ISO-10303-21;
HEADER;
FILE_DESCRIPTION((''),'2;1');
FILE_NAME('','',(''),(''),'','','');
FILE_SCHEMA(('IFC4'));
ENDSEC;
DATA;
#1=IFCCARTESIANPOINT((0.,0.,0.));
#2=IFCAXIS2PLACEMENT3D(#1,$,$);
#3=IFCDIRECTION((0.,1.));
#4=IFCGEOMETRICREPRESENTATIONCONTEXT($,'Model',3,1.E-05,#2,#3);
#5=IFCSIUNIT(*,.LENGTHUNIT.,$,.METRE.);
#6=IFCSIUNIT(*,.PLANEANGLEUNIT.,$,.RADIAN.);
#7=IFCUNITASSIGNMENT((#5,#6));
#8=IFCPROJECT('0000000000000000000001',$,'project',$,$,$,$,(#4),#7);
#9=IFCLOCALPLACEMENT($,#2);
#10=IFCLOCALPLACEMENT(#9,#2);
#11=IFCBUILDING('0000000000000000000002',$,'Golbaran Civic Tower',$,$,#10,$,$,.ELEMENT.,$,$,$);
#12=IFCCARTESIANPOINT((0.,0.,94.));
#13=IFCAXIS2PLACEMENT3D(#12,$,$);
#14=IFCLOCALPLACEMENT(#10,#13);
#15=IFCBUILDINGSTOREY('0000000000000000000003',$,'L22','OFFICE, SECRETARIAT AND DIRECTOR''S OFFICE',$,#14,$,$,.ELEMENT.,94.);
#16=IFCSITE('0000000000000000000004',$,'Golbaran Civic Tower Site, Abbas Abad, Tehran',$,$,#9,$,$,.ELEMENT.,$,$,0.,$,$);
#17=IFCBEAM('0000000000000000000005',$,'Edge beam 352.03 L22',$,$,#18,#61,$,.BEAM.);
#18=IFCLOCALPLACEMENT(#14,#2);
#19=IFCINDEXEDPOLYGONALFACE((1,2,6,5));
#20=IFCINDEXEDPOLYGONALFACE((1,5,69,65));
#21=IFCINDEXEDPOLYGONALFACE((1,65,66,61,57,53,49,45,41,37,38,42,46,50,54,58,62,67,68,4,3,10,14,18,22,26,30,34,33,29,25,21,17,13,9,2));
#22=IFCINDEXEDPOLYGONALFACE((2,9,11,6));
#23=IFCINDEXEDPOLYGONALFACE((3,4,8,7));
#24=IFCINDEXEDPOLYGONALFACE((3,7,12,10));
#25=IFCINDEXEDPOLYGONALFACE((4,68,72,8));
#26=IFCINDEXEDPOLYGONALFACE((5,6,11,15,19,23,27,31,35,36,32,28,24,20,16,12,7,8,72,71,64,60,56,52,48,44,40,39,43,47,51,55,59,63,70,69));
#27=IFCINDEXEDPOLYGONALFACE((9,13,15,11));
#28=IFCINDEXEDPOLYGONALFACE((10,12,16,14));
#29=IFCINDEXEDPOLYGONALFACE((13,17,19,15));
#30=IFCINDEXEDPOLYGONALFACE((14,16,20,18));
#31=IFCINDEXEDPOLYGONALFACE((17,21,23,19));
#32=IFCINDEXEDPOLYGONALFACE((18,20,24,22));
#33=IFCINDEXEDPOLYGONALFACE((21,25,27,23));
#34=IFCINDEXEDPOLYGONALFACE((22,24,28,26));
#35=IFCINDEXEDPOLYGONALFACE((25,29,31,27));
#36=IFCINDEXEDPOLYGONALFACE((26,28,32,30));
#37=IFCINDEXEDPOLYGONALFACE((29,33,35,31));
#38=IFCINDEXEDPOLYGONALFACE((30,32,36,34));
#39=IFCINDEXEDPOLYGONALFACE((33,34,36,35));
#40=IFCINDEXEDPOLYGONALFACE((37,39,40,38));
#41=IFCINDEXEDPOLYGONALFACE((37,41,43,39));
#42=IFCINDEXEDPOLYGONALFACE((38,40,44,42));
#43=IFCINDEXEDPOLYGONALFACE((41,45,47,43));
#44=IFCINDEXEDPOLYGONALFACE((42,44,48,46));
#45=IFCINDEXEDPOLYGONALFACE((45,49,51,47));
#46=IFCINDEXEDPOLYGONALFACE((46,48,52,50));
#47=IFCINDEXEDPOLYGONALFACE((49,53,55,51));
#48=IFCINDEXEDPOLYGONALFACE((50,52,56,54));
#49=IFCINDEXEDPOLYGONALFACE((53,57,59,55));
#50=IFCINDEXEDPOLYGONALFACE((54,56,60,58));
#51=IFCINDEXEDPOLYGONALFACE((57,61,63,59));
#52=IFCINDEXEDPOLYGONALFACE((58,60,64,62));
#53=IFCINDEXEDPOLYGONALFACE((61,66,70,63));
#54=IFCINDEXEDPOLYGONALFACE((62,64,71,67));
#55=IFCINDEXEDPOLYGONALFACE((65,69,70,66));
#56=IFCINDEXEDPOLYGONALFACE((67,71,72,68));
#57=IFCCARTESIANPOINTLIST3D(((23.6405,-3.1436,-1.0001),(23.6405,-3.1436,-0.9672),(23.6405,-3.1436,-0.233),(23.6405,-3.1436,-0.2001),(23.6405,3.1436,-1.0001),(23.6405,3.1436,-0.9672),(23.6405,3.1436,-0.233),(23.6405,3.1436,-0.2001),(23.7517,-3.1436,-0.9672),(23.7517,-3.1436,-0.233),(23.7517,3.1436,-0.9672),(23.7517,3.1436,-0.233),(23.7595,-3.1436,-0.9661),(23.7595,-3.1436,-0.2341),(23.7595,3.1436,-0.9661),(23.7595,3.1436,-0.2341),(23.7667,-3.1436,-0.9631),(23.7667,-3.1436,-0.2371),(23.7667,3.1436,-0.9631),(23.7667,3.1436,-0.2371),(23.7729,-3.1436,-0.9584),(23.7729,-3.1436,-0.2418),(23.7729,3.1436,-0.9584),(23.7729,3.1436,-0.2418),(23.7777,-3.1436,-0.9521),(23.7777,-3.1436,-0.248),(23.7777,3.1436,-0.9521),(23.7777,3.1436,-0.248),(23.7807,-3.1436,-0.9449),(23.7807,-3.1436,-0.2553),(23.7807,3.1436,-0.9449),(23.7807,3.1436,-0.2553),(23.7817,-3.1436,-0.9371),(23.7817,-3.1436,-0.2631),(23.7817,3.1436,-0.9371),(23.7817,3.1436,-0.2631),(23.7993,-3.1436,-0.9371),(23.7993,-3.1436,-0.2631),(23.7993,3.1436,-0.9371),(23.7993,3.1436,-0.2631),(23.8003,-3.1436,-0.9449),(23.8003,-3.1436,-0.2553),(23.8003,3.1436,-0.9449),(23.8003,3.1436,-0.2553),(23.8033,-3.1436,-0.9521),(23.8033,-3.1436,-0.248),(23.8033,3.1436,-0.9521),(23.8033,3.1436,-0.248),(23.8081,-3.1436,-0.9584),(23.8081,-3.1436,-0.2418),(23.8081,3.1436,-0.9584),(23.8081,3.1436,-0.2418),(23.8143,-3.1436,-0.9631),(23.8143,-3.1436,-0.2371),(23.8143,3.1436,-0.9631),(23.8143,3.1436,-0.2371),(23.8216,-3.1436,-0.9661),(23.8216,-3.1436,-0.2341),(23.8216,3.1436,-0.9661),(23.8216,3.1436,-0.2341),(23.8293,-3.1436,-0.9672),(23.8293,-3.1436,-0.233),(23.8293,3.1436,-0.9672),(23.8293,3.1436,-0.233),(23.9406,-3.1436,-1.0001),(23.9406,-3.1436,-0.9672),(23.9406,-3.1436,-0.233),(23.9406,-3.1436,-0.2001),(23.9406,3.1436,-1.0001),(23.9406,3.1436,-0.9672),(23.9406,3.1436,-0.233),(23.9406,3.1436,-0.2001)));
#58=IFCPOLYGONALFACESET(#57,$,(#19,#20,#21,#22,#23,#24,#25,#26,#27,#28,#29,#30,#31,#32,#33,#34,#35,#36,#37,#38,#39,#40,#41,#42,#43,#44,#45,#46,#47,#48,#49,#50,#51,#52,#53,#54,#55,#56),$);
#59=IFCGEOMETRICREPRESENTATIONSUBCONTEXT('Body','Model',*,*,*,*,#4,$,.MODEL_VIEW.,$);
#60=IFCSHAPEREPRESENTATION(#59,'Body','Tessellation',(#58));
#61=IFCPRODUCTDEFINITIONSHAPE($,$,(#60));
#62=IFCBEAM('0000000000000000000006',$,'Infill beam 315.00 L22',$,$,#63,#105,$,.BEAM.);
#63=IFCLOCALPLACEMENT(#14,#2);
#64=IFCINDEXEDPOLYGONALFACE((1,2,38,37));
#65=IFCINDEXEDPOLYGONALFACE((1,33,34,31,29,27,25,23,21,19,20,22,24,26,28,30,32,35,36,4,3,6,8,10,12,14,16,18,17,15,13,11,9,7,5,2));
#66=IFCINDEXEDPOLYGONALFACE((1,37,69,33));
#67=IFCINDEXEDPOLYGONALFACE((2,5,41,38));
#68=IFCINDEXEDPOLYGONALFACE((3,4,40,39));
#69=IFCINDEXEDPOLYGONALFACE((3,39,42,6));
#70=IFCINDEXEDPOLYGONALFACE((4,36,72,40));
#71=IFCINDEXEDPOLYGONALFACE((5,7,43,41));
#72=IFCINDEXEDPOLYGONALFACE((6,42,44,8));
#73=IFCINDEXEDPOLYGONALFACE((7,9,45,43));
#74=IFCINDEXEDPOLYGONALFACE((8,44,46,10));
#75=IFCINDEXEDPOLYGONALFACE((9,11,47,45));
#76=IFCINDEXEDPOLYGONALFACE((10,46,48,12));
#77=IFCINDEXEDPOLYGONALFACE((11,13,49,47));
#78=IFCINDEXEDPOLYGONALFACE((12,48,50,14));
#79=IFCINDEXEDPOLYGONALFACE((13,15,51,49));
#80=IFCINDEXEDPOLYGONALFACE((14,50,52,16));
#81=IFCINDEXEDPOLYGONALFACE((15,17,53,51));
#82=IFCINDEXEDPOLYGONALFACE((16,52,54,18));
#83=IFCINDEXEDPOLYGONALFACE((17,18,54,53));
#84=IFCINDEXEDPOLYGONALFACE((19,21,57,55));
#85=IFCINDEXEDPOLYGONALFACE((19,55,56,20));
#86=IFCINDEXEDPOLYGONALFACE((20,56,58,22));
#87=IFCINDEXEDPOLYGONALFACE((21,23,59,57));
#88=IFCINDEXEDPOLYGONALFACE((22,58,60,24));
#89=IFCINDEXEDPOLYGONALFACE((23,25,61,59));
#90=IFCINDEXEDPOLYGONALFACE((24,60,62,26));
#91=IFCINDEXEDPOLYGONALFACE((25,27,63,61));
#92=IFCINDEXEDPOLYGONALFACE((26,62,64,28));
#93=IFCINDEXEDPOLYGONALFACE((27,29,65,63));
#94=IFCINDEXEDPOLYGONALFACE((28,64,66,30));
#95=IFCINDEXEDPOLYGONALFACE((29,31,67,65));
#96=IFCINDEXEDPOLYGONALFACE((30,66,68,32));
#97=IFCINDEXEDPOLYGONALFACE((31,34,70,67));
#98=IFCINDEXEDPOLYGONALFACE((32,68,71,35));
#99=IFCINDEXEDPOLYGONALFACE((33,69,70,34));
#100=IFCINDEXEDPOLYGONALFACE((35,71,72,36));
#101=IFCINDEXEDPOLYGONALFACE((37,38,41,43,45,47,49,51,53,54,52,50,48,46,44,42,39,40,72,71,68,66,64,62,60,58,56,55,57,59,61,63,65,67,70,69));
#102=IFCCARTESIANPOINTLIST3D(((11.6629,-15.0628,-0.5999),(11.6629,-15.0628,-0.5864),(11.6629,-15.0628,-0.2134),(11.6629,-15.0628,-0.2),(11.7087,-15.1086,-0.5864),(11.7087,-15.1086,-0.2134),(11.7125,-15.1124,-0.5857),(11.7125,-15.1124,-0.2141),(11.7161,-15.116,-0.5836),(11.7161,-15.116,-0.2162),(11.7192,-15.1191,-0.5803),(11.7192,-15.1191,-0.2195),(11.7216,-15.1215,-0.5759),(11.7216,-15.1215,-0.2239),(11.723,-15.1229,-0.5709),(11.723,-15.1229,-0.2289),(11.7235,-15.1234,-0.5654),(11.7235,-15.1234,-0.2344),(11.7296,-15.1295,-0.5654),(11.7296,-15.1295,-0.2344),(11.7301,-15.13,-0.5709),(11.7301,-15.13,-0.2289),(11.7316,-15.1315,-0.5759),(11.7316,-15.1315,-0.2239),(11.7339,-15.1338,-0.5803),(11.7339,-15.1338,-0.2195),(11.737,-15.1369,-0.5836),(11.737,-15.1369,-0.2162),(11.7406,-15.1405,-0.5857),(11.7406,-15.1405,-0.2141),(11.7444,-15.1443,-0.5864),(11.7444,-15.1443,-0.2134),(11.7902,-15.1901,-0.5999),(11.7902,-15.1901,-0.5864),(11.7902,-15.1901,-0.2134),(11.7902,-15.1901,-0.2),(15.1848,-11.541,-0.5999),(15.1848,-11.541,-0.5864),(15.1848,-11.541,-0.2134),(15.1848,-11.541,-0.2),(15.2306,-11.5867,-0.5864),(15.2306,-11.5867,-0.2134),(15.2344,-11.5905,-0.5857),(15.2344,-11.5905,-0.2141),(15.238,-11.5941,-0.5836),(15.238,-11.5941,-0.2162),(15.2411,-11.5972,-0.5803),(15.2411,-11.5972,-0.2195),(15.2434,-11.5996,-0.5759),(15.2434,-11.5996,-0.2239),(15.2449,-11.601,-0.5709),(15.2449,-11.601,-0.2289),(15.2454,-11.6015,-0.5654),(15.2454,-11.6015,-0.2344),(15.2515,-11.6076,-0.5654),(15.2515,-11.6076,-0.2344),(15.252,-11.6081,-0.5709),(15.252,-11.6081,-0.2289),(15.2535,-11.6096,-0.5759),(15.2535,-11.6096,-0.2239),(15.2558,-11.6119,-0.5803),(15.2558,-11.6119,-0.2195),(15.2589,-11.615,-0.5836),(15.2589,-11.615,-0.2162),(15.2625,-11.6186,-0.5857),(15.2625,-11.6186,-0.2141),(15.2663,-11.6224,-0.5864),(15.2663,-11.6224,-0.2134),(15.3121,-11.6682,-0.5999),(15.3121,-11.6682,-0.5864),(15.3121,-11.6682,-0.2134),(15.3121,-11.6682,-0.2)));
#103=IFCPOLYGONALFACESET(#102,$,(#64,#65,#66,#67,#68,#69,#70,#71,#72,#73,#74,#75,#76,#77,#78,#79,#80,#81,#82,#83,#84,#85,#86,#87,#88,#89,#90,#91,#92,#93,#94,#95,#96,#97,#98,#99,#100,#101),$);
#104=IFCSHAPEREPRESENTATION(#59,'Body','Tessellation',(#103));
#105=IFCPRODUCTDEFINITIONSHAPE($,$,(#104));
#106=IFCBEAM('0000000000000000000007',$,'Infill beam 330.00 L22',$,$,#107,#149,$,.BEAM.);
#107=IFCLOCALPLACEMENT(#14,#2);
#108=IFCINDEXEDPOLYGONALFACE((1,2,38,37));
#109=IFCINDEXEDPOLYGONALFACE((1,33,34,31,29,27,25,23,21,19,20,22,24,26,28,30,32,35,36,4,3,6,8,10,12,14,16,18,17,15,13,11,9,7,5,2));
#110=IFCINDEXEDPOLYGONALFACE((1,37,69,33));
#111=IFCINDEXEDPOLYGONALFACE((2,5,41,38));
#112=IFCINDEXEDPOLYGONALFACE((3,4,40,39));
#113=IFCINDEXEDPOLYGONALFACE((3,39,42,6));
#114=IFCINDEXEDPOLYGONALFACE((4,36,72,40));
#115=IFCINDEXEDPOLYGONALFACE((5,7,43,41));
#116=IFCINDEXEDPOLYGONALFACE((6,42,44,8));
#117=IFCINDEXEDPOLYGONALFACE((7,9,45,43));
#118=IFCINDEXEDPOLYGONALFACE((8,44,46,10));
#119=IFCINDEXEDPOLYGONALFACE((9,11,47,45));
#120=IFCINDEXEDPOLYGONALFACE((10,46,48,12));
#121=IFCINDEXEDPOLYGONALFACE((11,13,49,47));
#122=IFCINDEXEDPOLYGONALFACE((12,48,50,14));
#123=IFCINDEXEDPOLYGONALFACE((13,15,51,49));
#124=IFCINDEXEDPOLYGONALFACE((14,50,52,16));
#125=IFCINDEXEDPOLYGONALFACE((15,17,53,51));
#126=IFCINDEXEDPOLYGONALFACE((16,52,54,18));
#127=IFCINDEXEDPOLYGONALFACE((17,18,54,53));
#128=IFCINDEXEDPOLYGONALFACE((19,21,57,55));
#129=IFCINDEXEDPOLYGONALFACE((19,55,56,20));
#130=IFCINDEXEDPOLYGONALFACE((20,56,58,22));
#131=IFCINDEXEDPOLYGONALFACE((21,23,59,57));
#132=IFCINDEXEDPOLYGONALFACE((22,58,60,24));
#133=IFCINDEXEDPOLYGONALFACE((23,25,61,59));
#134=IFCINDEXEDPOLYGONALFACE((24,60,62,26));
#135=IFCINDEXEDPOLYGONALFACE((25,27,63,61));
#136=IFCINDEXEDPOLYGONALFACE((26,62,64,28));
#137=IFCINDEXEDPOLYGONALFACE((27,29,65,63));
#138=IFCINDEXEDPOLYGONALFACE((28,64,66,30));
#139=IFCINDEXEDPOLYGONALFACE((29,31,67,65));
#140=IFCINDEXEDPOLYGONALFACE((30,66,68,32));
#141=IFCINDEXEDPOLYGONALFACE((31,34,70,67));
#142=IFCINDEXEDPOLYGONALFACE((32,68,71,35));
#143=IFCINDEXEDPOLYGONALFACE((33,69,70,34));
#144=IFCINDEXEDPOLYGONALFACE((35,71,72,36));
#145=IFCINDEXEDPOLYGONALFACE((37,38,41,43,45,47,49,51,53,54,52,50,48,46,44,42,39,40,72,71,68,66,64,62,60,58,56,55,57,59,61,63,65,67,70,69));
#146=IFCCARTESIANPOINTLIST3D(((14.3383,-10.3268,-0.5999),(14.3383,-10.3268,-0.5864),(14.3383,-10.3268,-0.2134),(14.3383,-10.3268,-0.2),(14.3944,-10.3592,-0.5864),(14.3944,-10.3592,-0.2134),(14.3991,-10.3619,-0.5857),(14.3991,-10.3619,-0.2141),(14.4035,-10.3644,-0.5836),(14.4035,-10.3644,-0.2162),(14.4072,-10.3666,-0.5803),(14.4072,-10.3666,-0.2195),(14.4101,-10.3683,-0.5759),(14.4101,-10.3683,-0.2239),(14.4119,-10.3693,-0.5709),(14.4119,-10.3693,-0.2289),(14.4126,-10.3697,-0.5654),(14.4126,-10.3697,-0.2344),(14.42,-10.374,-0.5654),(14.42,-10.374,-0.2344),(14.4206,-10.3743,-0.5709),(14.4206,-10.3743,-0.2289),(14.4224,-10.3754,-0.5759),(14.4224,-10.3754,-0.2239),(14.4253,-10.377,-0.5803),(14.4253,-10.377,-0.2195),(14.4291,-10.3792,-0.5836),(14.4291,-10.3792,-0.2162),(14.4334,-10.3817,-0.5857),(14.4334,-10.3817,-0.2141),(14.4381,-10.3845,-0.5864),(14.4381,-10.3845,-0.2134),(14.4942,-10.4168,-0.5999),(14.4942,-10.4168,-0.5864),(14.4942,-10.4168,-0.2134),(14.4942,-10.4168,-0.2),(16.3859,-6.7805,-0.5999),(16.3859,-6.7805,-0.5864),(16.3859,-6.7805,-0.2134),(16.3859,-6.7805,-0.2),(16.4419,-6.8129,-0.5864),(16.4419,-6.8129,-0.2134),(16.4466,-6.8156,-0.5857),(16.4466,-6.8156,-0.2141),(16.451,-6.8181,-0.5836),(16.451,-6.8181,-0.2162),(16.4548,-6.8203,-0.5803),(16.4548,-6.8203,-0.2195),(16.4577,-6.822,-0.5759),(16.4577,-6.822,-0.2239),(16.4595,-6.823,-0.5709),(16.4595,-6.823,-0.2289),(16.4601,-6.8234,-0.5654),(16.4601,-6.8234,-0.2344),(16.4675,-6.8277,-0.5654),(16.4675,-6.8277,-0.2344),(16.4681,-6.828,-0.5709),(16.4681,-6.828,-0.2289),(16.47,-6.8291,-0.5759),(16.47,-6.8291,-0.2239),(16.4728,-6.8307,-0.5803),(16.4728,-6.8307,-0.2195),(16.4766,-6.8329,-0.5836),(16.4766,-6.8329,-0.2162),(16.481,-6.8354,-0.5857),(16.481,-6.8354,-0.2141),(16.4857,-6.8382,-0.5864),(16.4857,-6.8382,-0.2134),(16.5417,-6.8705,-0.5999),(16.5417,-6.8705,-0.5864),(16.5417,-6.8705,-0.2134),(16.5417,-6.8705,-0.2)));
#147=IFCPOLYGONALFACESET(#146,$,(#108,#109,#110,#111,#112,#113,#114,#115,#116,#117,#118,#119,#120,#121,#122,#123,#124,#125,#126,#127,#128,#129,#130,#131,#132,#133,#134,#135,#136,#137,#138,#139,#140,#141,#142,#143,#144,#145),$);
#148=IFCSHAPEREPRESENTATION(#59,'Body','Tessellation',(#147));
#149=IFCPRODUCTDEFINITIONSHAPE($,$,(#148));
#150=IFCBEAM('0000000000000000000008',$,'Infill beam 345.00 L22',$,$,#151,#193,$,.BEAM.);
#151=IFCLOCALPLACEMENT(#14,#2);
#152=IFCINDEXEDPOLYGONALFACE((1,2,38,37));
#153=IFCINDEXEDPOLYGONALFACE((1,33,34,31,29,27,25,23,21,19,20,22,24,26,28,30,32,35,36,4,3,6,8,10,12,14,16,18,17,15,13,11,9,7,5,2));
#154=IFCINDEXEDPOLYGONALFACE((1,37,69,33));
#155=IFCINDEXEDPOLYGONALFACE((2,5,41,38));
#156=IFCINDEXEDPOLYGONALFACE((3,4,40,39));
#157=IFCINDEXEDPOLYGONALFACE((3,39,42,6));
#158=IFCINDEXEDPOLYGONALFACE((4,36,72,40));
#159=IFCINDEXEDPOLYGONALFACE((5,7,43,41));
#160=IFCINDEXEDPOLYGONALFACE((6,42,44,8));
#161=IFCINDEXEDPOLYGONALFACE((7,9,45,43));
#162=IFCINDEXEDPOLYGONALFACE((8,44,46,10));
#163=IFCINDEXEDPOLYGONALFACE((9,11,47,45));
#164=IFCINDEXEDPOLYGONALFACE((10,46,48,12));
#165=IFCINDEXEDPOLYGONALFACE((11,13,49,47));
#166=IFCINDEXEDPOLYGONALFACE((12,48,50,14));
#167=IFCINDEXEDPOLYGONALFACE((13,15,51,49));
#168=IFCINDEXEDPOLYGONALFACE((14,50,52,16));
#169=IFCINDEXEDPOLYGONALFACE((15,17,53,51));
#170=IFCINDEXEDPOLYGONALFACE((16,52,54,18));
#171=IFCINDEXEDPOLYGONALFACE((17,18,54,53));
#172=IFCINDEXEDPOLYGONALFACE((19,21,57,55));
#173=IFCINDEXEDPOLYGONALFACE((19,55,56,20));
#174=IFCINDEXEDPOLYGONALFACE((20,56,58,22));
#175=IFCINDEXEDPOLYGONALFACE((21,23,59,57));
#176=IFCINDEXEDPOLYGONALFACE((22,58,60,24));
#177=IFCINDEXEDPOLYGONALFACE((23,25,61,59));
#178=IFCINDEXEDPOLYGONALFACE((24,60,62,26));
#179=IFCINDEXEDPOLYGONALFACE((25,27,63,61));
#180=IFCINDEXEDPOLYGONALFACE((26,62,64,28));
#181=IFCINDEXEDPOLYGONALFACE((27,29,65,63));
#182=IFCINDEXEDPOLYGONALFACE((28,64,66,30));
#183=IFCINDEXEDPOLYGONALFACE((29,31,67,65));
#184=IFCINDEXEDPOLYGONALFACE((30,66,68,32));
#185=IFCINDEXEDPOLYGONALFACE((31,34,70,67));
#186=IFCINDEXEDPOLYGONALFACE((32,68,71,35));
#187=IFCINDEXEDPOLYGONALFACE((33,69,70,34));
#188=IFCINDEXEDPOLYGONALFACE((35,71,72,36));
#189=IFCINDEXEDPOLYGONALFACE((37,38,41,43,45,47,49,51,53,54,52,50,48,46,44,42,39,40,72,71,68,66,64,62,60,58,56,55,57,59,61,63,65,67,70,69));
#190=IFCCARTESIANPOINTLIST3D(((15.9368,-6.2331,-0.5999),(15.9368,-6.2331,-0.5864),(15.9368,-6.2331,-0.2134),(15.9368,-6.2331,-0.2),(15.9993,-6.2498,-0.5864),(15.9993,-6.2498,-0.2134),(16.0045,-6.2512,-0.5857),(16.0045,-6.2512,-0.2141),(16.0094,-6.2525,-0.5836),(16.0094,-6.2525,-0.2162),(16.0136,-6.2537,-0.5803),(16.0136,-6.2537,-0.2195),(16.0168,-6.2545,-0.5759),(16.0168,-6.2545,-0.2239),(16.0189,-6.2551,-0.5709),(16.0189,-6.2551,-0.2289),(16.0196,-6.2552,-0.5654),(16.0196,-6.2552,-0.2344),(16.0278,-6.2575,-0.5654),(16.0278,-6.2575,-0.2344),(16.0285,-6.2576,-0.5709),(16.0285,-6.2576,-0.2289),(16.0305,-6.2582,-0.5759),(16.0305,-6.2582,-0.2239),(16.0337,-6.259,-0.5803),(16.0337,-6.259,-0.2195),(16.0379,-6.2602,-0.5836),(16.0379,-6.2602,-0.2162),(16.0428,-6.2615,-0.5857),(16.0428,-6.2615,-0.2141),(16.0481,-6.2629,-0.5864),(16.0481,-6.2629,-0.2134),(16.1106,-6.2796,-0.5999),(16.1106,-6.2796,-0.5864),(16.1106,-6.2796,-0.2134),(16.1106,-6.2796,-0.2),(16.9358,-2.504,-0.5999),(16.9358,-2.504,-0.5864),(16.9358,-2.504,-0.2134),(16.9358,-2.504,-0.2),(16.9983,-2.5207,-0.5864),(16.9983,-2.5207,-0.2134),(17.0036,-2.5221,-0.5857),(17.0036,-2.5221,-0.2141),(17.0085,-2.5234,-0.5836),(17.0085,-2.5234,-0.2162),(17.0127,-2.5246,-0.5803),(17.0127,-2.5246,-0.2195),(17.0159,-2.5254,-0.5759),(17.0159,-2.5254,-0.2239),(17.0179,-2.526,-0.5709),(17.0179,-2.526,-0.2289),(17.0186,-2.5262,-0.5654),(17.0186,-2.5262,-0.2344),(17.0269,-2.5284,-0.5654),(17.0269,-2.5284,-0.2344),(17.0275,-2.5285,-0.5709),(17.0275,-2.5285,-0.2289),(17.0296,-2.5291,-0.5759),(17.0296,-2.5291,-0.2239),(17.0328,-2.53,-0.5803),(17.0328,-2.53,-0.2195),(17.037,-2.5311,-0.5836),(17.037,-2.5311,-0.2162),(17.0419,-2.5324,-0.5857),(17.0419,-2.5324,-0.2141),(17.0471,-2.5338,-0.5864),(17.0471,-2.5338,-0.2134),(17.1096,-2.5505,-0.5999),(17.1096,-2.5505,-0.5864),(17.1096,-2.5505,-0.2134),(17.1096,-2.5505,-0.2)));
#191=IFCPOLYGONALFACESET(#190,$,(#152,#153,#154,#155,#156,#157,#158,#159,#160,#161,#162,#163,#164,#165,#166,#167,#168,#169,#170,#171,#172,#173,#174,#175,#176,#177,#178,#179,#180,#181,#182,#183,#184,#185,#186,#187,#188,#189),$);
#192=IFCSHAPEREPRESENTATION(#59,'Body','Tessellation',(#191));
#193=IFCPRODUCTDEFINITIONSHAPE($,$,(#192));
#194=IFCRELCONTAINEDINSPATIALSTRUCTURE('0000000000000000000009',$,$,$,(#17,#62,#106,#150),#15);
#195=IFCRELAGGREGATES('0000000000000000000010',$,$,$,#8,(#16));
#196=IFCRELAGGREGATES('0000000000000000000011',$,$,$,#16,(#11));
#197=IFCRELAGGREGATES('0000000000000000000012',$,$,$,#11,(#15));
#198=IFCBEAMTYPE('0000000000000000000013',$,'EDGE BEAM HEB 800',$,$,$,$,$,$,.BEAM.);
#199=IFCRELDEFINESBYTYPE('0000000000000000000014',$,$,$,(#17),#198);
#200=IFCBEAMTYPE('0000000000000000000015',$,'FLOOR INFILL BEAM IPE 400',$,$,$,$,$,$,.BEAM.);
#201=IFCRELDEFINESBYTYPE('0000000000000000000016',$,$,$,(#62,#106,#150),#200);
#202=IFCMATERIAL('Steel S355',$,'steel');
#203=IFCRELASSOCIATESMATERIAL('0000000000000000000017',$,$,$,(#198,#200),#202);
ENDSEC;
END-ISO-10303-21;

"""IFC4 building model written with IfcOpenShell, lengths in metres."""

from ifc_helpers import new_model, si_unit, direction, frame, origin, origin_2d, place, context, subcontext, project, spatial, i_section, extrude, material, material_profile, profile_set, type_object, element, save


model = new_model("IFC4")

# Units and contexts
model_context = context("Model", 3, precision=1e-05, world=origin(), true_north=direction((0.0, 1.0)))
body_context = subcontext(model_context, "Body", "Model", "MODEL_VIEW")
ifc_project = project(units=[si_unit("LENGTHUNIT", "METRE"), si_unit("PLANEANGLEUNIT", "RADIAN")], contexts=[model_context])

# Site, building, storey
site_placement = place(None, origin())
site = spatial("IfcSite", under=ifc_project, at=site_placement, Name="Golbaran Civic Tower Site, Abbas Abad, Tehran", CompositionType="ELEMENT", RefElevation=0.0)
building_placement = place(site_placement, origin())
building = spatial("IfcBuilding", under=site, at=building_placement, Name="Golbaran Civic Tower", CompositionType="ELEMENT")
storey_placement = place(building_placement, frame((0.0, 0.0, 94.0)))
storey = spatial("IfcBuildingStorey", under=building, at=storey_placement, Name="L22", Description="OFFICE, SECRETARIAT AND DIRECTOR'S OFFICE", CompositionType="ELEMENT", Elevation=94.0)

# Beams
ifc_material_1 = material(Name="Steel S355", Category="steel")
ifc_material_profile_1 = material_profile(ifc_material_1, i_section(OverallWidth=0.3, OverallDepth=0.8, WebThickness=0.0176, FlangeThickness=0.033, FilletRadius=0.03, at=origin_2d()), Name="HEB 800")
ifc_profile_set_1 = profile_set([ifc_material_profile_1], Name="Steel S355")
beam_type_1 = type_object("IfcBeamType", Name="EDGE BEAM HEB 800", PredefinedType="BEAM", material=ifc_profile_set_1)
beam_1_placement = place(storey_placement, frame((23.7905, -3.1436, -0.6001), z_axis=(0.0, 1.0, 0.0), x_axis=(-1.0, 0.0, 0.0)))
element("IfcBeam", 1, at=beam_1_placement, inside=storey, type_object=beam_type_1, Name="Edge beam 352.03 L22", PredefinedType="BEAM", context=body_context, shape_type="SweptSolid", body=[
    extrude(i_section(OverallWidth=0.3, OverallDepth=0.8, WebThickness=0.0176, FlangeThickness=0.033, FilletRadius=0.03, at=origin_2d()), origin(), (0.0, 0.0, 1.0), 6.2871),
])
ifc_material_profile_2 = material_profile(ifc_material_1, i_section(OverallWidth=0.1799, OverallDepth=0.3999, WebThickness=0.0085, FlangeThickness=0.0134, FilletRadius=0.021, at=origin_2d()), Name="IPE 400")
ifc_profile_set_2 = profile_set([ifc_material_profile_2], Name="Steel S355")
beam_type_2 = type_object("IfcBeamType", Name="FLOOR INFILL BEAM IPE 400", PredefinedType="BEAM", material=ifc_profile_set_2)
beam_2_placement = place(storey_placement, frame((11.7266, -15.1265, -0.3999), z_axis=(0.707107, 0.707107, 0.0), x_axis=(-0.707107, 0.707107, 0.0)))
element("IfcBeam", 2, at=beam_2_placement, inside=storey, type_object=beam_type_2, Name="Infill beam 315.00 L22", PredefinedType="BEAM", context=body_context, shape_type="SweptSolid", body=[
    extrude(i_section(OverallWidth=0.1799, OverallDepth=0.3999, WebThickness=0.0085, FlangeThickness=0.0134, FilletRadius=0.021, at=origin_2d()), origin(), (0.0, 0.0, 1.0), 4.9807),
])
beam_3_placement = place(storey_placement, frame((14.4163, -10.3718, -0.3999), z_axis=(0.500018, 0.866015, 0.0), x_axis=(-0.866015, 0.500018, 0.0)))
element("IfcBeam", 3, at=beam_3_placement, inside=storey, type_object=beam_type_2, Name="Infill beam 330.00 L22", PredefinedType="BEAM", context=body_context, shape_type="SweptSolid", body=[
    extrude(i_section(OverallWidth=0.1799, OverallDepth=0.3999, WebThickness=0.0085, FlangeThickness=0.0134, FilletRadius=0.021, at=origin_2d()), origin(), (0.0, 0.0, 1.0), 4.095),
])
beam_4_placement = place(storey_placement, frame((16.0237, -6.2563, -0.3999), z_axis=(0.25878, 0.965936, 0.0), x_axis=(-0.965936, 0.25878, 0.0)))
element("IfcBeam", 4, at=beam_4_placement, inside=storey, type_object=beam_type_2, Name="Infill beam 345.00 L22", PredefinedType="BEAM", context=body_context, shape_type="SweptSolid", body=[
    extrude(i_section(OverallWidth=0.1799, OverallDepth=0.3999, WebThickness=0.0085, FlangeThickness=0.0134, FilletRadius=0.021, at=origin_2d()), origin(), (0.0, 0.0, 1.0), 3.8606),
])

save(model, "model.ifc")
